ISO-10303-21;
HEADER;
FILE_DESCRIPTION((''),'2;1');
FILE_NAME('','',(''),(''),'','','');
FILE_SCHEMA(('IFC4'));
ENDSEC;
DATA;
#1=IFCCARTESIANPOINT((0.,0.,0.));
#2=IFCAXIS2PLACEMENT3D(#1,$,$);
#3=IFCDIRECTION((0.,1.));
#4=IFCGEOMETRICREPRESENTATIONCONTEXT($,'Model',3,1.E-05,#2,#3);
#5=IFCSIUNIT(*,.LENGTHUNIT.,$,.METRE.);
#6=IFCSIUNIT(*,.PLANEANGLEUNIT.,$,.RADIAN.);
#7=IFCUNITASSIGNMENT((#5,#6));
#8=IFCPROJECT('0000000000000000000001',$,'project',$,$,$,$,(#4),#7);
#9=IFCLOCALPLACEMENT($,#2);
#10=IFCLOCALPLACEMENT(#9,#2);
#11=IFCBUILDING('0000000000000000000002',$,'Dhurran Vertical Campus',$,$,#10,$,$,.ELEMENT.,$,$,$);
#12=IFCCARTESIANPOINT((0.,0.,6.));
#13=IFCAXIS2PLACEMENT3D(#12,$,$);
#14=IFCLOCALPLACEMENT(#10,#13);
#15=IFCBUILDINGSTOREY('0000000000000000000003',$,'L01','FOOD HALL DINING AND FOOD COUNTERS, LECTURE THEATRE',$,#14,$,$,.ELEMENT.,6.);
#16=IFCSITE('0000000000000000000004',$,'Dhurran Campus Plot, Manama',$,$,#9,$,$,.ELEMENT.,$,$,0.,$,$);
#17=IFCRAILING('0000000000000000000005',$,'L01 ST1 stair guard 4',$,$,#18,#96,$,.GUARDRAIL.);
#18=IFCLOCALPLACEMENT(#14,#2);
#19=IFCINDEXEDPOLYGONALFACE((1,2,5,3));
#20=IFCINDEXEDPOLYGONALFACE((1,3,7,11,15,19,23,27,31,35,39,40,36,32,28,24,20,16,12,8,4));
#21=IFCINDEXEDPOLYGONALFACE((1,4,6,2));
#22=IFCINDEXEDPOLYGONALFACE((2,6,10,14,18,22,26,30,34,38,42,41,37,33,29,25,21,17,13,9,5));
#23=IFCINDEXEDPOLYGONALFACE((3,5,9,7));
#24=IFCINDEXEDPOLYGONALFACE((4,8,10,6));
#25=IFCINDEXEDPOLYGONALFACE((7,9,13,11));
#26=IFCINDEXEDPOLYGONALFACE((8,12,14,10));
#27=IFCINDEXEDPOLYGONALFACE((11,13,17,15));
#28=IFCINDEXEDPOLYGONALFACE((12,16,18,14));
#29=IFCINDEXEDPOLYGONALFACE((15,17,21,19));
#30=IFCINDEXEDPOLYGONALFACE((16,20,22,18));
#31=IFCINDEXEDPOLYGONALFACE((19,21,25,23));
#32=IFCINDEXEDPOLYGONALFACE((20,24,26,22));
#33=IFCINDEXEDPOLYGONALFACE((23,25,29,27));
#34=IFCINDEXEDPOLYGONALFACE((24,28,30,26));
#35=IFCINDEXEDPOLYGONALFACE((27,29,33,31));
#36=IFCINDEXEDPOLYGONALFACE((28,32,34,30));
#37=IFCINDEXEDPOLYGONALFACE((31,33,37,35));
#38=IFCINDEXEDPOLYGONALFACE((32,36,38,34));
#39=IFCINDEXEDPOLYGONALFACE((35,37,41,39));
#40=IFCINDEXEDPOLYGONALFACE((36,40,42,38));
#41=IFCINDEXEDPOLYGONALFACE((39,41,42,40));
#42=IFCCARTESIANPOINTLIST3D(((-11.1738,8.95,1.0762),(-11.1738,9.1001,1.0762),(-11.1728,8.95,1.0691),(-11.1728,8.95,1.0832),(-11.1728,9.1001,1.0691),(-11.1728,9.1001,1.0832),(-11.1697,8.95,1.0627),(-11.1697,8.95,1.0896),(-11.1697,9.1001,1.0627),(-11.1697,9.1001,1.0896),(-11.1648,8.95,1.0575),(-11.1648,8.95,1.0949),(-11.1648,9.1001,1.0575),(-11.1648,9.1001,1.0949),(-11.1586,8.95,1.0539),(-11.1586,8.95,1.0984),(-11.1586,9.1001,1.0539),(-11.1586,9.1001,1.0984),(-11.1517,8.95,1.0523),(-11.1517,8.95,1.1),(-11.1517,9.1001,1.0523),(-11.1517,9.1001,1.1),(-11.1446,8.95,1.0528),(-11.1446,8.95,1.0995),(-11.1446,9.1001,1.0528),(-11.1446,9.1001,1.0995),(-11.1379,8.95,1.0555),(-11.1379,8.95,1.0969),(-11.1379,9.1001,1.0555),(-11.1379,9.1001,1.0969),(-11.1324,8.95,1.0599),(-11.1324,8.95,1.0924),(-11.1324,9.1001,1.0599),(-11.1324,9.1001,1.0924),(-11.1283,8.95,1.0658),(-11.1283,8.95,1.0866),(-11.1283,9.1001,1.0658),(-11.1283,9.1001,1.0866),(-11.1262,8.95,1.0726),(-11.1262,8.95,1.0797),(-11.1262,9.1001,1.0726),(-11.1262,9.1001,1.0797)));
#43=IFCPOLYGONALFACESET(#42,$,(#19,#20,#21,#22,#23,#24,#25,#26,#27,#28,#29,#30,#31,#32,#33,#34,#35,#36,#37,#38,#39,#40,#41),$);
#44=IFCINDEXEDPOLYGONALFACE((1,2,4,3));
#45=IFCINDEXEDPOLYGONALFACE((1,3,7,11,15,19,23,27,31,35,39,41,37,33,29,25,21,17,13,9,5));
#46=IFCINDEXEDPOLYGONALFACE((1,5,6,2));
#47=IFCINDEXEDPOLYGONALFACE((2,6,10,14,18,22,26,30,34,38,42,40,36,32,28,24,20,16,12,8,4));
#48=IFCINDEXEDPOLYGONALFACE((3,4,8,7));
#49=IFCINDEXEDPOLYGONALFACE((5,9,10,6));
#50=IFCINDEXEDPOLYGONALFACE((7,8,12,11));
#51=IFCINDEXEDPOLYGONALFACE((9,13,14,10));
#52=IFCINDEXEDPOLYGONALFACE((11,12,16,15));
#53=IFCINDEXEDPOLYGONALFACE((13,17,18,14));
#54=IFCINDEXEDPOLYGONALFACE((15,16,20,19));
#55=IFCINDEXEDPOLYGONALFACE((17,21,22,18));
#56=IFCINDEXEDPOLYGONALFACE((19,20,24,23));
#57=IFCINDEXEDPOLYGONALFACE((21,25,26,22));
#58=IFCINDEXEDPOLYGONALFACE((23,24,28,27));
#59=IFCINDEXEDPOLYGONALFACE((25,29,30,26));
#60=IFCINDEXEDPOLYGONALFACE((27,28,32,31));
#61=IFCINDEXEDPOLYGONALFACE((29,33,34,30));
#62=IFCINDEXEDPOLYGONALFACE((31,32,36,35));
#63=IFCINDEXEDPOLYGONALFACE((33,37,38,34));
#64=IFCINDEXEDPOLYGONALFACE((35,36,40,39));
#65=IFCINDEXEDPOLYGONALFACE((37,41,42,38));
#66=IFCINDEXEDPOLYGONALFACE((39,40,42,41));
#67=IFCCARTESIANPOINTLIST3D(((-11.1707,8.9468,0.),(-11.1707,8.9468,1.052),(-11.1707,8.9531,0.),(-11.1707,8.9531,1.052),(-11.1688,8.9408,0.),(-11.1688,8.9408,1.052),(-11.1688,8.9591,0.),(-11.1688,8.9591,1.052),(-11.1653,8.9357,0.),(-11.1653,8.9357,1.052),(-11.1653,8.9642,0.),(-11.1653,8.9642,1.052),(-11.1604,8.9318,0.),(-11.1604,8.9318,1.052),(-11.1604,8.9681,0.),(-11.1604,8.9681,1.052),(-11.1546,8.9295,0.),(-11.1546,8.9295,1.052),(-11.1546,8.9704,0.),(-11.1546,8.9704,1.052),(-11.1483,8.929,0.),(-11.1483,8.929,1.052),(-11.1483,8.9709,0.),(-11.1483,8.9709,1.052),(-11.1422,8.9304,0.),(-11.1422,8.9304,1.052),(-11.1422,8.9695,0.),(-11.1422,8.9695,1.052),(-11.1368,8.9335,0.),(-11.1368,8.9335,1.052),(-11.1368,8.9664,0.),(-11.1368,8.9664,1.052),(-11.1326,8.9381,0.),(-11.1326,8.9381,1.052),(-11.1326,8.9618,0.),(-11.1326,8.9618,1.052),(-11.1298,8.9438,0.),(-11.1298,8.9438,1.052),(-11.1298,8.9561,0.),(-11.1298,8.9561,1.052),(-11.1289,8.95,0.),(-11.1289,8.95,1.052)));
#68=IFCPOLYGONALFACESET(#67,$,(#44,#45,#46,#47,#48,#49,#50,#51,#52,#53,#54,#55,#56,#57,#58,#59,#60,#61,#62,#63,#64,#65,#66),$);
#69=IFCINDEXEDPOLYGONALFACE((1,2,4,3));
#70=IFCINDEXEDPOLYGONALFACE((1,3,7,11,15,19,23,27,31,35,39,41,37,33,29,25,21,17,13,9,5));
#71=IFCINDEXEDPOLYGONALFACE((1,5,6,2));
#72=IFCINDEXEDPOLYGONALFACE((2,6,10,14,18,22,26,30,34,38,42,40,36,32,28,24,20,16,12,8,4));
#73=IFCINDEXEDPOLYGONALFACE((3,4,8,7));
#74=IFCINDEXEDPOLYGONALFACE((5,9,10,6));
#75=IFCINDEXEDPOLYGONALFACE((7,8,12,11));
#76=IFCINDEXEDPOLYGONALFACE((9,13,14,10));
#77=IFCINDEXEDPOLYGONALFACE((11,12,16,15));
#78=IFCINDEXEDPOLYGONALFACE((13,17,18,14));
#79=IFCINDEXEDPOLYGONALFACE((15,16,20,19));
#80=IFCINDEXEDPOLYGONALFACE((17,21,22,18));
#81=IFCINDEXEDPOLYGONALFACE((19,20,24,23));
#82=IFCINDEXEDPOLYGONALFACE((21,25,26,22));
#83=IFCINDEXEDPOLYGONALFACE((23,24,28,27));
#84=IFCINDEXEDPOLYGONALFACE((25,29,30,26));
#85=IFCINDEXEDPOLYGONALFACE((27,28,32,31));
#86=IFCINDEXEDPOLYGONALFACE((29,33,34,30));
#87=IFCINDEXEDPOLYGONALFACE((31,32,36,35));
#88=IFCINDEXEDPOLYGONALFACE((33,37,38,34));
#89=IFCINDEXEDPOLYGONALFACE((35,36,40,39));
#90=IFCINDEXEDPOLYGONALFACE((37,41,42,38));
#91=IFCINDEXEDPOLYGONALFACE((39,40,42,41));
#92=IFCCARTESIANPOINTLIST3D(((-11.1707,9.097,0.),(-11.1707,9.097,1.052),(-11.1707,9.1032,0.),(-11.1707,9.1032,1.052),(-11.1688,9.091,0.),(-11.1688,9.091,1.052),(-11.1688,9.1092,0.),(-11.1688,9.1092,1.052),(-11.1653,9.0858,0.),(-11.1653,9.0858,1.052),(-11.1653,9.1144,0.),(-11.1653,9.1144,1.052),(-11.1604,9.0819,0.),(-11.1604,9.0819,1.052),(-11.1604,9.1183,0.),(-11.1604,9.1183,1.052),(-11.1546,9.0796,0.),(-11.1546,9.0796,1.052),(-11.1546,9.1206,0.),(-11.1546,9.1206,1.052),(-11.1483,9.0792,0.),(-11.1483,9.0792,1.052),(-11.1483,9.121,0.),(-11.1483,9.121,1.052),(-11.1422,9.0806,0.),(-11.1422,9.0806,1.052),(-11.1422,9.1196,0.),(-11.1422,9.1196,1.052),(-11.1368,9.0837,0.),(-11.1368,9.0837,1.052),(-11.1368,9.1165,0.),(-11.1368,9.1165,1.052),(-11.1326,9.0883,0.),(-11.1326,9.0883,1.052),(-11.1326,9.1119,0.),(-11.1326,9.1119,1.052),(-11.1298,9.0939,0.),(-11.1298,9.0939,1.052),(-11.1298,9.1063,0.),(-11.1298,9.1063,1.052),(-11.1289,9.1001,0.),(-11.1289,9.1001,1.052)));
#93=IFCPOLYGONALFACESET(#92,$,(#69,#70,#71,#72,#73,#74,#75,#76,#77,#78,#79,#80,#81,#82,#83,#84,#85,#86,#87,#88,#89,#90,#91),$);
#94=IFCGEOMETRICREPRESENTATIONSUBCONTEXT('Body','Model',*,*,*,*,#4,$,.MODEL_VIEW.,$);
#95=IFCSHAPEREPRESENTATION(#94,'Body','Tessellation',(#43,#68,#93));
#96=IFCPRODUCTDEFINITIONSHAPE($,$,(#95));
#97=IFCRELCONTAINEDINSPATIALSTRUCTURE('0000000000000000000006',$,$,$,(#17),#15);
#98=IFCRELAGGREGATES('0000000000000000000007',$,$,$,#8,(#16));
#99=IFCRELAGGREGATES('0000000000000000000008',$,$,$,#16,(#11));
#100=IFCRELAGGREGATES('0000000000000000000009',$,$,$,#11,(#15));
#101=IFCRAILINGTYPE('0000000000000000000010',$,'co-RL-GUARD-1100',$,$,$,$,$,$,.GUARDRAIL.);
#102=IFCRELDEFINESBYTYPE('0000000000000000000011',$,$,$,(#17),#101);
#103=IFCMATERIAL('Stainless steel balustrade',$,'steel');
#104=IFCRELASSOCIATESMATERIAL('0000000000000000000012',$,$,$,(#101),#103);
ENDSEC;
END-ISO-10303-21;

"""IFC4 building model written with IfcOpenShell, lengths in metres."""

from ifc_helpers import new_model, si_unit, direction, frame, origin, origin_2d, place, context, subcontext, project, spatial, circle, extrude, material, type_object, element, save


model = new_model("IFC4")

# Units and contexts
model_context = context("Model", 3, precision=1e-05, world=origin(), true_north=direction((0.0, 1.0)))
body_context = subcontext(model_context, "Body", "Model", "MODEL_VIEW")
ifc_project = project(units=[si_unit("LENGTHUNIT", "METRE"), si_unit("PLANEANGLEUNIT", "RADIAN")], contexts=[model_context])

# Site, building, storey
site_placement = place(None, origin())
site = spatial("IfcSite", under=ifc_project, at=site_placement, Name="Dhurran Campus Plot, Manama", CompositionType="ELEMENT", RefElevation=0.0)
building_placement = place(site_placement, origin())
building = spatial("IfcBuilding", under=site, at=building_placement, Name="Dhurran Vertical Campus", CompositionType="ELEMENT")
storey_placement = place(building_placement, frame((0.0, 0.0, 6.0)))
storey = spatial("IfcBuildingStorey", under=building, at=storey_placement, Name="L01", Description="FOOD HALL DINING AND FOOD COUNTERS, LECTURE THEATRE", CompositionType="ELEMENT", Elevation=6.0)

# Railing
ifc_material_1 = material(Name="Stainless steel balustrade", Category="steel")
railing_type_1 = type_object("IfcRailingType", Name="co-RL-GUARD-1100", PredefinedType="GUARDRAIL", material=ifc_material_1)
railing_1_placement = place(storey_placement, frame((-11.1499, 8.95, 0.0)))
element("IfcRailing", 1, at=railing_1_placement, inside=storey, type_object=railing_type_1, Name="L01 ST1 stair guard 4", PredefinedType="GUARDRAIL", context=body_context, shape_type="SweptSolid", body=[
    extrude(circle(Radius=0.0239, at=origin_2d()), frame((0.0, 0.0, 1.0762), z_axis=(0.0, 1.0, 0.0), x_axis=(-1.0, 0.0, 0.0)), (0.0, 0.0, 1.0), 0.1501),
    extrude(circle(Radius=0.021, at=origin_2d()), origin(), (0.0, 0.0, 1.0), 1.052),
    extrude(circle(Radius=0.021, at=origin_2d()), frame((0.0, 0.1501, 0.0)), (0.0, 0.0, 1.0), 1.052),
])

save(model, "model.ifc")
